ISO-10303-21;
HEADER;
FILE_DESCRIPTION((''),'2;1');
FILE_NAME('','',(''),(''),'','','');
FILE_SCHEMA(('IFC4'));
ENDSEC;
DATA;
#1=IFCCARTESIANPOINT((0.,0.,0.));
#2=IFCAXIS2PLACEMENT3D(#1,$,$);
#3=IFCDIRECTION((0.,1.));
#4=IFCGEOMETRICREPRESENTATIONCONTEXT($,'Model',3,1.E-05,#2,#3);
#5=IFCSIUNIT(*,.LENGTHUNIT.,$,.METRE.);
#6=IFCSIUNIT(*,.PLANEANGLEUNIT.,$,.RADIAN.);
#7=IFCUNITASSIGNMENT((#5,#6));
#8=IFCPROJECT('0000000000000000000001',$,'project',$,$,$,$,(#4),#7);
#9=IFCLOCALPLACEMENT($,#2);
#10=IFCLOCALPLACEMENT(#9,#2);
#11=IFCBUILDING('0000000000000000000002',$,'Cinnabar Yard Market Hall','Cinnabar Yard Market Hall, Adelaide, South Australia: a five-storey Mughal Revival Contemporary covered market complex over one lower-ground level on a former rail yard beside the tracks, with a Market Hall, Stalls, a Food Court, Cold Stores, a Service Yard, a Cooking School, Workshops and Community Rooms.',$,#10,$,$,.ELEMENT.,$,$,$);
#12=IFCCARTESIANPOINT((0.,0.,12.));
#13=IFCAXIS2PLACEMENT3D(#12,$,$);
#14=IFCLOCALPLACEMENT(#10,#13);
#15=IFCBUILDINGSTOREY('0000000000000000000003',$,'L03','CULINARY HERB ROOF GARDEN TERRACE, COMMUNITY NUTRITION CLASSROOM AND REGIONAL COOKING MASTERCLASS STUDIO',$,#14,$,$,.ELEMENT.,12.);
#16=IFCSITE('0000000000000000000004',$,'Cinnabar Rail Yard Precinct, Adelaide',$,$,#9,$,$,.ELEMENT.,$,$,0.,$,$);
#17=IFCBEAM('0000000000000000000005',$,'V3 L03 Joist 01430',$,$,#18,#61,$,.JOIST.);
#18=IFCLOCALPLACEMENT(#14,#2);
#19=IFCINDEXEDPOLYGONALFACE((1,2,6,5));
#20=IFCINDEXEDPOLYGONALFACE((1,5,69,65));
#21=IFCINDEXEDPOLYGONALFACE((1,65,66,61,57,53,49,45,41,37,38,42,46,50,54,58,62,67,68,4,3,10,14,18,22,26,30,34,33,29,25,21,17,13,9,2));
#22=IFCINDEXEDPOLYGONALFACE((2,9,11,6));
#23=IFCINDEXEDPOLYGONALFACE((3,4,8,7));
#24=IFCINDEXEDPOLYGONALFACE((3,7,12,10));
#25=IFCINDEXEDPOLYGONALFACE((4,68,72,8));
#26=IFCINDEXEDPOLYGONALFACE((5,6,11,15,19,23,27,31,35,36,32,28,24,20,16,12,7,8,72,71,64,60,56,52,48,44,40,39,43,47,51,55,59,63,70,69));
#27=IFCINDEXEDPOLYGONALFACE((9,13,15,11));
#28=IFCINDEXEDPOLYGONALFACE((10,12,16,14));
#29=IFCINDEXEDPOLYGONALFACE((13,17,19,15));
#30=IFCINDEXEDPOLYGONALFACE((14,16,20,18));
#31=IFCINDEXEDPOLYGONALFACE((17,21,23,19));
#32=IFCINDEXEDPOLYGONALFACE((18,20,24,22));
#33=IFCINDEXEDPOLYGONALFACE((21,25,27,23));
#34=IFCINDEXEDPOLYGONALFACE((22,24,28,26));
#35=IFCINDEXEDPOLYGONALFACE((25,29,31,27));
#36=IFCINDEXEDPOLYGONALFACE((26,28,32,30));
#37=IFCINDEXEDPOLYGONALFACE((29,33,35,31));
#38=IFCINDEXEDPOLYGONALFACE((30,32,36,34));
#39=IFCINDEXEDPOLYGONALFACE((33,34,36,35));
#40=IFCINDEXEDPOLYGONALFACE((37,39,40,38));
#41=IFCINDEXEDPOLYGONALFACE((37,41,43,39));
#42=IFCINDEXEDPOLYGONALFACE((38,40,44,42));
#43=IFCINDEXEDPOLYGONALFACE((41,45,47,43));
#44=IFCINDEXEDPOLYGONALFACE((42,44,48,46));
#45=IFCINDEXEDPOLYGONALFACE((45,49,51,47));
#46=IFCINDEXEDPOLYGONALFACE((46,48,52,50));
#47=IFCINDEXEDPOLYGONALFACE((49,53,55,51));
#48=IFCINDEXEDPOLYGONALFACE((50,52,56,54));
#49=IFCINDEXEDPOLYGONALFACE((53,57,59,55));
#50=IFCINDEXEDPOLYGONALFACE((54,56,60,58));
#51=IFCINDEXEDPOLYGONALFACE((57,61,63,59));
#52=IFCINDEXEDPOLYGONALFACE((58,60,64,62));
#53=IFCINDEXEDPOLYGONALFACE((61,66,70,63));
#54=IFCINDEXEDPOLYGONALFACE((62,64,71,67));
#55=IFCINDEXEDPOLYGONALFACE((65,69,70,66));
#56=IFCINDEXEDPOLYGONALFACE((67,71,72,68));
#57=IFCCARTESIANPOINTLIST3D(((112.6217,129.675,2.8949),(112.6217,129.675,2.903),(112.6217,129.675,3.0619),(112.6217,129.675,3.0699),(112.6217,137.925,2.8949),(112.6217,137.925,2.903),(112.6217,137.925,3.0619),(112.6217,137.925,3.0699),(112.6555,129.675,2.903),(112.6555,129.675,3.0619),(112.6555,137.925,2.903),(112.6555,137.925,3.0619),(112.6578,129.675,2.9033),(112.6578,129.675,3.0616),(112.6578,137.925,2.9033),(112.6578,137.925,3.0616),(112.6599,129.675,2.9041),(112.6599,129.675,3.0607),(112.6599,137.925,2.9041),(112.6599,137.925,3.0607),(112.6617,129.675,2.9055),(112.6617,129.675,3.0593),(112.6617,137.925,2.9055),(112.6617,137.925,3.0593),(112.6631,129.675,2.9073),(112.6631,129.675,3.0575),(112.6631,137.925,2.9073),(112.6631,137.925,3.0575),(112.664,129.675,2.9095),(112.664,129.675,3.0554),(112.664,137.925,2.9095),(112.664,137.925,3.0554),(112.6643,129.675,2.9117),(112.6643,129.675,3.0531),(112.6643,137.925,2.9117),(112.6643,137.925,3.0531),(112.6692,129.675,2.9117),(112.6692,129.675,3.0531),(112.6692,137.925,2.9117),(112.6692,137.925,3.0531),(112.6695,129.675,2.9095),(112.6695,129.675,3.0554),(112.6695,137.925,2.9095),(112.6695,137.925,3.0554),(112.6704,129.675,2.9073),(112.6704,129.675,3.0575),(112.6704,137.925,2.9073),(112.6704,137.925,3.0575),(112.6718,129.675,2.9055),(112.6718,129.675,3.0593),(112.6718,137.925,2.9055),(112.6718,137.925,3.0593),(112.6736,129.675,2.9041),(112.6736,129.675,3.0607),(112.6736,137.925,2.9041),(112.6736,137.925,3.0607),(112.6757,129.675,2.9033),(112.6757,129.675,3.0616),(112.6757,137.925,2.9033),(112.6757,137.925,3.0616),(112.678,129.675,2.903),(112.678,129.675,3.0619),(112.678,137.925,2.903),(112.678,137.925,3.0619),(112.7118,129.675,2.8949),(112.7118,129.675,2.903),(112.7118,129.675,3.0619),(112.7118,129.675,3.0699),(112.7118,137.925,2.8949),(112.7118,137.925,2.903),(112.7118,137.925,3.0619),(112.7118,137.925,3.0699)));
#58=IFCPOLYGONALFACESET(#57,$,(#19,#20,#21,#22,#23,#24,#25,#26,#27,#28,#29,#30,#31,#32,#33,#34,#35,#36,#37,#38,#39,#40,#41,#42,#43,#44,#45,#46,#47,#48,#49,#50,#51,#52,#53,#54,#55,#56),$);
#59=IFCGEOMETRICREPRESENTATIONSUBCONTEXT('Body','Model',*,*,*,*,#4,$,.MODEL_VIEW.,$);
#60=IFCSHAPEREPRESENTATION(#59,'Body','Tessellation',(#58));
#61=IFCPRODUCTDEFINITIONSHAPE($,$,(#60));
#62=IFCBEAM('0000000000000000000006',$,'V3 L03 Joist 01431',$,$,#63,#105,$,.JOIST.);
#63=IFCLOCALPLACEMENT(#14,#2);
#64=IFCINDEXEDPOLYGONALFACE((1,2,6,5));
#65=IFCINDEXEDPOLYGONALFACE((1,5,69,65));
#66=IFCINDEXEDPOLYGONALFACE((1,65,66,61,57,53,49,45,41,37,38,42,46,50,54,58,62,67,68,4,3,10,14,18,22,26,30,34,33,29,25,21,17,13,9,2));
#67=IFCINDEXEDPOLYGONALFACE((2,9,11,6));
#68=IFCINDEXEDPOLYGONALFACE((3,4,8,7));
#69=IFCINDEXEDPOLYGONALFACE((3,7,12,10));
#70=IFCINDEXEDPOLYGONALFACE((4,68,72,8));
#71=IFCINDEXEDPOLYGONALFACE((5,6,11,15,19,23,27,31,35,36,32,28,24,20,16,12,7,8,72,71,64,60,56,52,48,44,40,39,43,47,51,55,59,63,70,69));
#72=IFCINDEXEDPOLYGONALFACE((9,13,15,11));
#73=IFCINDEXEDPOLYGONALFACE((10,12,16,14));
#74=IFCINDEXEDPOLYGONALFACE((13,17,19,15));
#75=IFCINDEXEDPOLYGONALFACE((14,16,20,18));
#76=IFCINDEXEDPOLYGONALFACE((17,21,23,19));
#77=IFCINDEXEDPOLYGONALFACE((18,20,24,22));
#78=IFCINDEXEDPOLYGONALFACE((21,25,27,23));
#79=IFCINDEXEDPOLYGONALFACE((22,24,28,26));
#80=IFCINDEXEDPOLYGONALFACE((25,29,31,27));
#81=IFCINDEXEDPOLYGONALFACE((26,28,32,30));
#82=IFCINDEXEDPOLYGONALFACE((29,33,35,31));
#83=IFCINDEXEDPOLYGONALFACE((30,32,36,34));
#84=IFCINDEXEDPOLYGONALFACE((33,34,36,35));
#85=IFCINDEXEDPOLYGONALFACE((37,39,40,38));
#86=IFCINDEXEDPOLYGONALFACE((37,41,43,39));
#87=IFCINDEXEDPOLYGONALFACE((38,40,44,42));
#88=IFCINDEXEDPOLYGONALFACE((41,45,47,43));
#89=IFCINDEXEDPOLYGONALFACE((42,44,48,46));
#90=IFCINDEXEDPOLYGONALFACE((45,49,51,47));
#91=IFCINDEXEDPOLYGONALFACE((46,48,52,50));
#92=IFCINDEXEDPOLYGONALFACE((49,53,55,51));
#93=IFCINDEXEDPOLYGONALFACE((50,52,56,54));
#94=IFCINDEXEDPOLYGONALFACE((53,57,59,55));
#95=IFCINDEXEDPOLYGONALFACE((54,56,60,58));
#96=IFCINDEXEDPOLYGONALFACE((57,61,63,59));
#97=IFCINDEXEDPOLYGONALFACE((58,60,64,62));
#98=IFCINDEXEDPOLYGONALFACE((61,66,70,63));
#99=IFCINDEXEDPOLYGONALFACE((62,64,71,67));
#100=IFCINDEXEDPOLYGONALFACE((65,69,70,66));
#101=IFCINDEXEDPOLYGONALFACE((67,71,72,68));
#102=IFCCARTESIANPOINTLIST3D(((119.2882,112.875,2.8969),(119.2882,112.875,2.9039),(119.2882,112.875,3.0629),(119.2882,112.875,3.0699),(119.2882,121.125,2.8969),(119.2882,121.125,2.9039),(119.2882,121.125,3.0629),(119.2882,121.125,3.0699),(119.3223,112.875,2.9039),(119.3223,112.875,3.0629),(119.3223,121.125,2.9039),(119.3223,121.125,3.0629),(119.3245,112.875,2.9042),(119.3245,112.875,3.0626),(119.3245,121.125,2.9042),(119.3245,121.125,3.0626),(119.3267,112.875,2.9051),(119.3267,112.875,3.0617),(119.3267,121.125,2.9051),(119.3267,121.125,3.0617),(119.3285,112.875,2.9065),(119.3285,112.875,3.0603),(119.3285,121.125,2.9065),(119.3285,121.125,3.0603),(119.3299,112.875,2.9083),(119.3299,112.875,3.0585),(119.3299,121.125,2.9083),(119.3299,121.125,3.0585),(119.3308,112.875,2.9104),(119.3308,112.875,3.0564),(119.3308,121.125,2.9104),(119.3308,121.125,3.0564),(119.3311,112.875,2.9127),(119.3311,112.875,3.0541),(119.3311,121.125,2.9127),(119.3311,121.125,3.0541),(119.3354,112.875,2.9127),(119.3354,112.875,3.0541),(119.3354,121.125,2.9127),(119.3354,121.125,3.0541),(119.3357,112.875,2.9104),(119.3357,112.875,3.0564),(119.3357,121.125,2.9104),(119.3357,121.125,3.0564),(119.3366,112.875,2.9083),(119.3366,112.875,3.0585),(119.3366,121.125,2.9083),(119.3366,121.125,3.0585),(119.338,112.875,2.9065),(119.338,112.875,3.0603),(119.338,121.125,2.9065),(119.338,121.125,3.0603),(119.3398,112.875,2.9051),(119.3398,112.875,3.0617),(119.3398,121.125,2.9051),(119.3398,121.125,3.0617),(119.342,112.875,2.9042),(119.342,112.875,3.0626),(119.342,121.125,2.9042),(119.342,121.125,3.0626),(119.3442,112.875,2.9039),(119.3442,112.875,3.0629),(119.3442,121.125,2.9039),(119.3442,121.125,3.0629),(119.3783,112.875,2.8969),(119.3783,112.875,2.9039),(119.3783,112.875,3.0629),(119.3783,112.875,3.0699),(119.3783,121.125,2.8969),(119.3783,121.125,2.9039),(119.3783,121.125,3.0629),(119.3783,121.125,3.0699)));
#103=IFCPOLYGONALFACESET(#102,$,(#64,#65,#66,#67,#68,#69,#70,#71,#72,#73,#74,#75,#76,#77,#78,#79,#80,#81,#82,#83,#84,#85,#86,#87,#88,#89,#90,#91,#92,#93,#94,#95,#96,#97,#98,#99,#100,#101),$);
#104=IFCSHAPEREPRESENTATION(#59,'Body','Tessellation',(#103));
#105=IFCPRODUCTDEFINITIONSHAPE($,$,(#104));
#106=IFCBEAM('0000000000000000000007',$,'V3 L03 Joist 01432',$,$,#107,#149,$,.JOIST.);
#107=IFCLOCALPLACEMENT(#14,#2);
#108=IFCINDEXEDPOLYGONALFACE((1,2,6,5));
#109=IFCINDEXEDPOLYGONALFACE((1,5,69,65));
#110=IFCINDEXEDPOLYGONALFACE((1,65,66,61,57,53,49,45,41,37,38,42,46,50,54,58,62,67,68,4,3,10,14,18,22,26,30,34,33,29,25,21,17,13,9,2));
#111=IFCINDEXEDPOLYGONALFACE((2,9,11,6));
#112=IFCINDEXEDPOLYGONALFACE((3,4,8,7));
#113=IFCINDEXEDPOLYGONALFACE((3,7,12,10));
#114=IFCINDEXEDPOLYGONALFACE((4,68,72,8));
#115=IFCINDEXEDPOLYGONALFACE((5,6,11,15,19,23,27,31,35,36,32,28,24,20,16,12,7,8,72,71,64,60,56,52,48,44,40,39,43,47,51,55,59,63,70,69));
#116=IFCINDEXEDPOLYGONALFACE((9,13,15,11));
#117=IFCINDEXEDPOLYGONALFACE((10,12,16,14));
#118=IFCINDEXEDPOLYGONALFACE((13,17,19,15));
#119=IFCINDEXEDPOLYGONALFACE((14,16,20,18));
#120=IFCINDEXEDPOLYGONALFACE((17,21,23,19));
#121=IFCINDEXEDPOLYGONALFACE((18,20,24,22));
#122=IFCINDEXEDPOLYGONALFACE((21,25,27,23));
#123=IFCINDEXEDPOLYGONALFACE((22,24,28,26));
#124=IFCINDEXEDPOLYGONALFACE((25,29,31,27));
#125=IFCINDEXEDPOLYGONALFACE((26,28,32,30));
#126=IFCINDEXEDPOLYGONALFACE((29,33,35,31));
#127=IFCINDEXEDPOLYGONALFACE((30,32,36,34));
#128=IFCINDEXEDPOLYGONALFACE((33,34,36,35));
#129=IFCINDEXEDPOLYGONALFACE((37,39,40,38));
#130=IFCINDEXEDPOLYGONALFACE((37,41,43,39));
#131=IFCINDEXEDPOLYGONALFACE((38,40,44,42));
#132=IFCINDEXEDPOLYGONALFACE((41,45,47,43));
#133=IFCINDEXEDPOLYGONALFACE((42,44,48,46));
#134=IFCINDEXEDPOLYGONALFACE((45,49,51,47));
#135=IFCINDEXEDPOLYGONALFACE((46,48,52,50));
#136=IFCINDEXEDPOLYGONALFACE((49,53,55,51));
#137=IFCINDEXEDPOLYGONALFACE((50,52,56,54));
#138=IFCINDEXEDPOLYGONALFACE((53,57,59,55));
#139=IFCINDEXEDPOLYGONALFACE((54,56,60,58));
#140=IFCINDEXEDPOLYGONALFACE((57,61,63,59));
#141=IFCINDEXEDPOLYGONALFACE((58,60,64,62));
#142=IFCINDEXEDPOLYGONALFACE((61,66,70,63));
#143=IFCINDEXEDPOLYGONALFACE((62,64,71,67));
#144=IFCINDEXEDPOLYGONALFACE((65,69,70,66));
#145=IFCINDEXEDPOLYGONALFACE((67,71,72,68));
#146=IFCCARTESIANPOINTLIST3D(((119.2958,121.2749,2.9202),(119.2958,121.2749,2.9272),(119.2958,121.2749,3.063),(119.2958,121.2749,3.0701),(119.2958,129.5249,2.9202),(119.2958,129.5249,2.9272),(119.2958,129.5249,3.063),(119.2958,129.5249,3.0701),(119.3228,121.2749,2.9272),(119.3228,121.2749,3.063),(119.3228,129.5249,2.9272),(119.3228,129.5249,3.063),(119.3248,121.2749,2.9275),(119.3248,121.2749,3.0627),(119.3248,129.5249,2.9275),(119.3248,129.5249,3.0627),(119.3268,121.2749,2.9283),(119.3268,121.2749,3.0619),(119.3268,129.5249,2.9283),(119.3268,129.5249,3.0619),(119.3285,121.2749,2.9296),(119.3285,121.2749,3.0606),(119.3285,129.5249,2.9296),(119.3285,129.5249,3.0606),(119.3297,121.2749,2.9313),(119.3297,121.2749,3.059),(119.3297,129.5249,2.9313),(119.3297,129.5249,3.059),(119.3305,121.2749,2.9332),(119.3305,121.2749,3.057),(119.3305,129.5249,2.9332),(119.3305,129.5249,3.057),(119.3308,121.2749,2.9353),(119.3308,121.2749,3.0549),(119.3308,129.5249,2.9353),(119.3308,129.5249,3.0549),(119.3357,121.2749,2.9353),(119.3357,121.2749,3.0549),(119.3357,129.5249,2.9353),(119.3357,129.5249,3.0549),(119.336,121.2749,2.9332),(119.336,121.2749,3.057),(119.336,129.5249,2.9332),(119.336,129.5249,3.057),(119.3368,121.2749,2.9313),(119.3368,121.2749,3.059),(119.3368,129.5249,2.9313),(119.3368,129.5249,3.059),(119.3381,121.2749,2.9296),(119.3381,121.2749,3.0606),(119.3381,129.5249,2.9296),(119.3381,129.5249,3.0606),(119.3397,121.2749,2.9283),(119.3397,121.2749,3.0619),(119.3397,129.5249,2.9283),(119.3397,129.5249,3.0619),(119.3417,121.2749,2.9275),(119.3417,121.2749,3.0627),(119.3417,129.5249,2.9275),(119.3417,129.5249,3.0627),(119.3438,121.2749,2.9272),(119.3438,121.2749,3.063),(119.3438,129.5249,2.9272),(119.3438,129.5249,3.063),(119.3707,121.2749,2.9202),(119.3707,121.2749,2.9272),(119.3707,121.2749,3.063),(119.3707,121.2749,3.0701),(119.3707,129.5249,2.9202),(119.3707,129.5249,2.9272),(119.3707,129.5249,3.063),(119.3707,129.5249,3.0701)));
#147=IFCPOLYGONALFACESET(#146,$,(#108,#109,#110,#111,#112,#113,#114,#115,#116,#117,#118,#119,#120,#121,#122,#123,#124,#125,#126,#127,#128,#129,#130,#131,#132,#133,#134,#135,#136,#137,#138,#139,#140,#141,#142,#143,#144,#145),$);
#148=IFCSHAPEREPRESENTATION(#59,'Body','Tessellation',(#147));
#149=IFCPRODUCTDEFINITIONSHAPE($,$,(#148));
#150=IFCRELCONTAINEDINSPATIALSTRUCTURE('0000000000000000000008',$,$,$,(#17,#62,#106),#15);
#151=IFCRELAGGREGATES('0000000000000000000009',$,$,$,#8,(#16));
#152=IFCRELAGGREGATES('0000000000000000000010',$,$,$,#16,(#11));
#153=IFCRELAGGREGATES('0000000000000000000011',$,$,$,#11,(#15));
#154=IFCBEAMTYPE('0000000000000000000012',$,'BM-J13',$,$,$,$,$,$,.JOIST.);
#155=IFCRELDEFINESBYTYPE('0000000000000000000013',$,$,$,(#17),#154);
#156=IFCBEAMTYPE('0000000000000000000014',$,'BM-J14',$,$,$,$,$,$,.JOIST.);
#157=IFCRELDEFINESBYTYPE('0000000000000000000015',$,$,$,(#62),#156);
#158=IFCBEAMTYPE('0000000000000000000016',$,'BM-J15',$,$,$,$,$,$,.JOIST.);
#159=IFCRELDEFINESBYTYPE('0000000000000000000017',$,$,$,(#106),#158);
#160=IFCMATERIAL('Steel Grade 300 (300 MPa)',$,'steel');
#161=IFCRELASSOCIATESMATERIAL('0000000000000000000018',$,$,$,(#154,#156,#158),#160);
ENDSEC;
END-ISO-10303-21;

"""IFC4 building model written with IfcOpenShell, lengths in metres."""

from ifc_helpers import new_model, si_unit, direction, frame, origin, origin_2d_with_axis, place, context, subcontext, project, spatial, i_section, extrude, material, material_profile, profile_set, type_object, element, save


model = new_model("IFC4")

# Units and contexts
model_context = context("Model", 3, precision=1e-05, world=origin(), true_north=direction((0.0, 1.0)))
body_context = subcontext(model_context, "Body", "Model", "MODEL_VIEW")
ifc_project = project(units=[si_unit("LENGTHUNIT", "METRE"), si_unit("PLANEANGLEUNIT", "RADIAN")], contexts=[model_context])

# Site, building, storey
site_placement = place(None, origin())
site = spatial("IfcSite", under=ifc_project, at=site_placement, Name="Cinnabar Rail Yard Precinct, Adelaide", CompositionType="ELEMENT", RefElevation=0.0)
building_placement = place(site_placement, origin())
building = spatial("IfcBuilding", under=site, at=building_placement, Name="Cinnabar Yard Market Hall", Description="Cinnabar Yard Market Hall, Adelaide, South Australia: a five-storey Mughal Revival Contemporary covered market complex over one lower-ground level on a former rail yard beside the tracks, with a Market Hall, Stalls, a Food Court, Cold Stores, a Service Yard, a Cooking School, Workshops and Community Rooms.", CompositionType="ELEMENT")
storey_placement = place(building_placement, frame((0.0, 0.0, 12.0)))
storey = spatial("IfcBuildingStorey", under=building, at=storey_placement, Name="L03", Description="CULINARY HERB ROOF GARDEN TERRACE, COMMUNITY NUTRITION CLASSROOM AND REGIONAL COOKING MASTERCLASS STUDIO", CompositionType="ELEMENT", Elevation=12.0)

# Shared definitions
ifc_material_1 = material(Name="Steel Grade 300 (300 MPa)", Category="steel")

# Beams
ifc_material_profile_1 = material_profile(ifc_material_1, i_section(OverallWidth=0.0901, OverallDepth=0.175, WebThickness=0.0049, FlangeThickness=0.0081, FilletRadius=0.0088, at=origin_2d_with_axis()), Name="180UB18.1")
ifc_profile_set_1 = profile_set([ifc_material_profile_1], Name="Steel Grade 300 (300 MPa)")
beam_type_1 = type_object("IfcBeamType", Name="BM-J13", PredefinedType="JOIST", material=ifc_profile_set_1)
beam_1_placement = place(storey_placement, frame((112.6667, 129.675, 2.9824), z_axis=(0.0, 1.0, 0.0), x_axis=(-1.0, 0.0, 0.0)))
element("IfcBeam", 1, at=beam_1_placement, inside=storey, type_object=beam_type_1, Name="V3 L03 Joist 01430", PredefinedType="JOIST", context=body_context, shape_type="SweptSolid", body=[
    extrude(i_section(OverallWidth=0.0901, OverallDepth=0.175, WebThickness=0.0049, FlangeThickness=0.0081, FilletRadius=0.0088, at=origin_2d_with_axis()), origin(), (0.0, 0.0, 1.0), 8.25),
])
ifc_material_profile_2 = material_profile(ifc_material_1, i_section(OverallWidth=0.0901, OverallDepth=0.1731, WebThickness=0.0044, FlangeThickness=0.0071, FilletRadius=0.0088, at=origin_2d_with_axis()), Name="180UB16.1")
ifc_profile_set_2 = profile_set([ifc_material_profile_2], Name="Steel Grade 300 (300 MPa)")
beam_type_2 = type_object("IfcBeamType", Name="BM-J14", PredefinedType="JOIST", material=ifc_profile_set_2)
beam_2_placement = place(storey_placement, frame((119.3333, 112.875, 2.9834), z_axis=(0.0, 1.0, 0.0), x_axis=(-1.0, 0.0, 0.0)))
element("IfcBeam", 2, at=beam_2_placement, inside=storey, type_object=beam_type_2, Name="V3 L03 Joist 01431", PredefinedType="JOIST", context=body_context, shape_type="SweptSolid", body=[
    extrude(i_section(OverallWidth=0.0901, OverallDepth=0.1731, WebThickness=0.0044, FlangeThickness=0.0071, FilletRadius=0.0088, at=origin_2d_with_axis()), origin(), (0.0, 0.0, 1.0), 8.25),
])
ifc_material_profile_3 = material_profile(ifc_material_1, i_section(OverallWidth=0.075, OverallDepth=0.1499, WebThickness=0.0049, FlangeThickness=0.0071, FilletRadius=0.0081, at=origin_2d_with_axis()), Name="150UB14.0")
ifc_profile_set_3 = profile_set([ifc_material_profile_3], Name="Steel Grade 300 (300 MPa)")
beam_type_3 = type_object("IfcBeamType", Name="BM-J15", PredefinedType="JOIST", material=ifc_profile_set_3)
beam_3_placement = place(storey_placement, frame((119.3333, 121.2749, 2.9951), z_axis=(0.0, 1.0, 0.0), x_axis=(-1.0, 0.0, 0.0)))
element("IfcBeam", 3, at=beam_3_placement, inside=storey, type_object=beam_type_3, Name="V3 L03 Joist 01432", PredefinedType="JOIST", context=body_context, shape_type="SweptSolid", body=[
    extrude(i_section(OverallWidth=0.075, OverallDepth=0.1499, WebThickness=0.0049, FlangeThickness=0.0071, FilletRadius=0.0081, at=origin_2d_with_axis()), origin(), (0.0, 0.0, 1.0), 8.25),
])

save(model, "model.ifc")
